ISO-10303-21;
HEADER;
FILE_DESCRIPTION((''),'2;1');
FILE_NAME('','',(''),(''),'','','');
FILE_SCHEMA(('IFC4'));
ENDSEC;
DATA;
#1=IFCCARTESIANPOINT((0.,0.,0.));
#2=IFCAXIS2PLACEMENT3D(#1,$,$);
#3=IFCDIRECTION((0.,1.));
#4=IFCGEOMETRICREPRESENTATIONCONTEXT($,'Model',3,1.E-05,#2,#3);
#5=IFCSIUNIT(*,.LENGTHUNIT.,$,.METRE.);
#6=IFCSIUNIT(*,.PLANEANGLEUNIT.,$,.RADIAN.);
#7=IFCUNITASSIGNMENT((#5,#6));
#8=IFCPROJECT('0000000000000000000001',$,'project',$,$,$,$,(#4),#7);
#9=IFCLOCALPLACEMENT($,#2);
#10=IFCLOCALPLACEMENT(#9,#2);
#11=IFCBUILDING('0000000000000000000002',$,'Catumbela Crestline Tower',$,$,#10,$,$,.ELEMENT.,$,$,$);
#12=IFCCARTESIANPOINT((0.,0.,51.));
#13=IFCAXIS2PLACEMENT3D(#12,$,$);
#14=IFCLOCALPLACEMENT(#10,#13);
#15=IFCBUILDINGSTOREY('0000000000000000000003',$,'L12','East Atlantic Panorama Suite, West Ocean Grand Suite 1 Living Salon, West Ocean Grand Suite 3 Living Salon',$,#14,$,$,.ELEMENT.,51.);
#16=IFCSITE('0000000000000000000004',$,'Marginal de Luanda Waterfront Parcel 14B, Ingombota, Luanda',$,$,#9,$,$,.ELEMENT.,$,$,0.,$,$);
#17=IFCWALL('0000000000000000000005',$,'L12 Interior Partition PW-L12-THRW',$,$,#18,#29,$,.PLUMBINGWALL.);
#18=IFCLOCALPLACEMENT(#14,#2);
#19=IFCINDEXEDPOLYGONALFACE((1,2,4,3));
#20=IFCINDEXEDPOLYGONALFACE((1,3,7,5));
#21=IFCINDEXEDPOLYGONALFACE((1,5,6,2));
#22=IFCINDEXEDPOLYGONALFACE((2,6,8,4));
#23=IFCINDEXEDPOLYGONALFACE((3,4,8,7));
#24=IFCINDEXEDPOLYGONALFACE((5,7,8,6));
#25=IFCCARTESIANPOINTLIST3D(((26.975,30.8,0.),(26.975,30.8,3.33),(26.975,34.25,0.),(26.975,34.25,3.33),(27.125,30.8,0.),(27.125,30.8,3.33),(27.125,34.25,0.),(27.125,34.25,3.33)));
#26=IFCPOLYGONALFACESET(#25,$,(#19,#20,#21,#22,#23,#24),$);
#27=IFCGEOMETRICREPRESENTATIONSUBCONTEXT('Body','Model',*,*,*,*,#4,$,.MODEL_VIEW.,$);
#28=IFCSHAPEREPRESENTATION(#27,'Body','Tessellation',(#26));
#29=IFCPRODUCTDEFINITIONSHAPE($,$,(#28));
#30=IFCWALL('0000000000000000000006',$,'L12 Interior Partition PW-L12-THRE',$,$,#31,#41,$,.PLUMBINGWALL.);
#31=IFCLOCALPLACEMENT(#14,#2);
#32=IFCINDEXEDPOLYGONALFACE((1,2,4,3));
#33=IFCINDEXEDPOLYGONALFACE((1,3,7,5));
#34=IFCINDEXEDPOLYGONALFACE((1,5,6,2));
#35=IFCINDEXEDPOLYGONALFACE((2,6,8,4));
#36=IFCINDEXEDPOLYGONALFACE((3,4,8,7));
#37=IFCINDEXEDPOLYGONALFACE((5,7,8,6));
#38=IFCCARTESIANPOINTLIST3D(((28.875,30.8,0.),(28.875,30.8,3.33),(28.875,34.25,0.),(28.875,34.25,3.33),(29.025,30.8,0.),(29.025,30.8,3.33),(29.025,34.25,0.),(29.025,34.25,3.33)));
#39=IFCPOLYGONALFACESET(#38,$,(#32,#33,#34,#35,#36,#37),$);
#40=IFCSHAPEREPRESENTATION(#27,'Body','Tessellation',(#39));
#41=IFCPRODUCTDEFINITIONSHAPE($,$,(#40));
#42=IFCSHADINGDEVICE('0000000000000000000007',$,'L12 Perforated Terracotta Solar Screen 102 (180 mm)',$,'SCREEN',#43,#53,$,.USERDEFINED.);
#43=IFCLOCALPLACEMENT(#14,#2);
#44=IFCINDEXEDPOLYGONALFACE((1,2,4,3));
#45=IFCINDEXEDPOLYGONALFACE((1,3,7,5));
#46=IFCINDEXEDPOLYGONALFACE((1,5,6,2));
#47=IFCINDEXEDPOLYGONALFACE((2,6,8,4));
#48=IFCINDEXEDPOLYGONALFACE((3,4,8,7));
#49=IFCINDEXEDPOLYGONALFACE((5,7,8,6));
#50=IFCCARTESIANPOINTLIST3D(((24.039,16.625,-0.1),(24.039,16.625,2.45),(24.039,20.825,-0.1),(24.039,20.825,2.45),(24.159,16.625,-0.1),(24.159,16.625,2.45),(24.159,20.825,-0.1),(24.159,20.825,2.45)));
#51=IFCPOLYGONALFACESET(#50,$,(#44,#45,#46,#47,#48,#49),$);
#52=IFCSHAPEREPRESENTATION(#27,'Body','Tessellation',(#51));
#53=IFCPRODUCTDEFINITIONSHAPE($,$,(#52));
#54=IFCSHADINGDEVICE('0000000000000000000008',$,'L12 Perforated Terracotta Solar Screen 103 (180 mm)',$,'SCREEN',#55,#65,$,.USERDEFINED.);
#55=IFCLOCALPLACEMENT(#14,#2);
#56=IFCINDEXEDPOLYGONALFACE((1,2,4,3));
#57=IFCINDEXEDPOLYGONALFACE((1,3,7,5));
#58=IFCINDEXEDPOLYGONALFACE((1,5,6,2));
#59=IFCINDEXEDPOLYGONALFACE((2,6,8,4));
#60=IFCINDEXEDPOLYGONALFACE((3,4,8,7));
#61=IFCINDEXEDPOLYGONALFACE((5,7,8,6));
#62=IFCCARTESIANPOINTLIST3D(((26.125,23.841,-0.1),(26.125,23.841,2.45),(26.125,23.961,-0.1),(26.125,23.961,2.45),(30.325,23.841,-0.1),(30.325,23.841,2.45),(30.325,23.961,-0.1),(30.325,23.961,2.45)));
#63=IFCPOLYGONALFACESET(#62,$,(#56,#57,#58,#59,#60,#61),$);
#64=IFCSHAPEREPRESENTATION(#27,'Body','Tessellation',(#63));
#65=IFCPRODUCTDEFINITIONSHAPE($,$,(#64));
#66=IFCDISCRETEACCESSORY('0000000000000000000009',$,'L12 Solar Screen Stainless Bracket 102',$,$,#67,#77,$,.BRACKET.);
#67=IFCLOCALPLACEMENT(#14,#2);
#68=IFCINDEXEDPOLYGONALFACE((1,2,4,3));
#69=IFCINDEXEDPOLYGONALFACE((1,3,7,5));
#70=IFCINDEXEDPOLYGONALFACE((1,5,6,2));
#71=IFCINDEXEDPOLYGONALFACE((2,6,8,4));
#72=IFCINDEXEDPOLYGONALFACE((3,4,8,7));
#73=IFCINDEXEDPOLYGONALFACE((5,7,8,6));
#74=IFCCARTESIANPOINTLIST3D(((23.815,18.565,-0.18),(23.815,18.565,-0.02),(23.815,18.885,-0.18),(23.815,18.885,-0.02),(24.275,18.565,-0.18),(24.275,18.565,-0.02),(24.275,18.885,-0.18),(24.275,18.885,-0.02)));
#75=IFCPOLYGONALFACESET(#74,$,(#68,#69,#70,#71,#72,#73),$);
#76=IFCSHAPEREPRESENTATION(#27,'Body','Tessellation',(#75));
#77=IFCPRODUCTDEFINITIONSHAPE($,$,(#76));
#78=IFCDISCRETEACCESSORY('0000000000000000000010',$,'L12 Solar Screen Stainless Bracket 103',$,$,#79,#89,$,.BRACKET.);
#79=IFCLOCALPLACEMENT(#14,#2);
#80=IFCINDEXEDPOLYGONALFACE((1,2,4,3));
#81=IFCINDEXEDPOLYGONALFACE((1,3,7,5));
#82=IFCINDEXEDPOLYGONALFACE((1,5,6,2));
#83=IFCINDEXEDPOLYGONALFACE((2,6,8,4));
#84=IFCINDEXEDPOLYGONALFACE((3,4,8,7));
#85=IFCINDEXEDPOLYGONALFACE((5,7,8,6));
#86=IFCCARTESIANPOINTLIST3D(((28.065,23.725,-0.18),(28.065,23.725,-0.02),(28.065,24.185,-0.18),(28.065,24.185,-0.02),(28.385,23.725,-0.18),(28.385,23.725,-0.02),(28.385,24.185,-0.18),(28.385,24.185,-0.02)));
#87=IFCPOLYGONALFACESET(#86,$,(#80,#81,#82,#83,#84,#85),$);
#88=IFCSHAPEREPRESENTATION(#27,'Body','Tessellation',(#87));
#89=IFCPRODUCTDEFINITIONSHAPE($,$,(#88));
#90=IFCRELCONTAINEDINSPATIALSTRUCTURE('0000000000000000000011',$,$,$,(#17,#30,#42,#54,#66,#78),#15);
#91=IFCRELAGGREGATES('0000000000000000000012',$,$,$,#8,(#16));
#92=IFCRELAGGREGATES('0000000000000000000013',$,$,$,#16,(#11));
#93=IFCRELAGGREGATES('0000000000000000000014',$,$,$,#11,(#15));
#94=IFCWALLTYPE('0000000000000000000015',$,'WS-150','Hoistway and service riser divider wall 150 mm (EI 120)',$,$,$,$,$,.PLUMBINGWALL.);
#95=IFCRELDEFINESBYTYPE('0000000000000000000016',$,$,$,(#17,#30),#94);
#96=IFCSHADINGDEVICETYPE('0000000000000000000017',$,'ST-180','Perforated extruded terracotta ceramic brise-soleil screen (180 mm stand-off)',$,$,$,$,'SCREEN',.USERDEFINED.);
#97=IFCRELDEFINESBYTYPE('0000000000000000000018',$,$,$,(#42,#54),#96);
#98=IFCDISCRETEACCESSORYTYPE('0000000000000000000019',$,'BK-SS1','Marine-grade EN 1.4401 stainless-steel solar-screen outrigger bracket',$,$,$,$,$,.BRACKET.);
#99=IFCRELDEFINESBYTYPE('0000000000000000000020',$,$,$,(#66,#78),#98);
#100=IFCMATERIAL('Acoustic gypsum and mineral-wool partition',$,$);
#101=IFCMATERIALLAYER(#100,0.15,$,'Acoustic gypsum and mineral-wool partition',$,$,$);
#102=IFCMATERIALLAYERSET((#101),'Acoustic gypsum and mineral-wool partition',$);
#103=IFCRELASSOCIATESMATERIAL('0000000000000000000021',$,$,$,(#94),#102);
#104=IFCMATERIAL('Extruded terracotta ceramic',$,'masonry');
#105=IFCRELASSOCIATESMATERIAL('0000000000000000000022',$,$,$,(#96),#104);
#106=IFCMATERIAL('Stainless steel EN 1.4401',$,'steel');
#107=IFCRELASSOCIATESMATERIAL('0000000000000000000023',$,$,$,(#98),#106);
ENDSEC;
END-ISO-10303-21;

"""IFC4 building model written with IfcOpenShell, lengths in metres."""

from ifc_helpers import new_model, si_unit, direction, frame, frame_2d, origin, origin_2d, place, context, subcontext, project, spatial, rectangle, extrude, material, layer, layer_set, type_object, element, save


model = new_model("IFC4")

# Units and contexts
model_context = context("Model", 3, precision=1e-05, world=origin(), true_north=direction((0.0, 1.0)))
body_context = subcontext(model_context, "Body", "Model", "MODEL_VIEW")
ifc_project = project(units=[si_unit("LENGTHUNIT", "METRE"), si_unit("PLANEANGLEUNIT", "RADIAN")], contexts=[model_context])

# Site, building, storey
site_placement = place(None, origin())
site = spatial("IfcSite", under=ifc_project, at=site_placement, Name="Marginal de Luanda Waterfront Parcel 14B, Ingombota, Luanda", CompositionType="ELEMENT", RefElevation=0.0)
building_placement = place(site_placement, origin())
building = spatial("IfcBuilding", under=site, at=building_placement, Name="Catumbela Crestline Tower", CompositionType="ELEMENT")
storey_placement = place(building_placement, frame((0.0, 0.0, 51.0)))
storey = spatial("IfcBuildingStorey", under=building, at=storey_placement, Name="L12", Description="East Atlantic Panorama Suite, West Ocean Grand Suite 1 Living Salon, West Ocean Grand Suite 3 Living Salon", CompositionType="ELEMENT", Elevation=51.0)

# Shared definitions
ifc_material_1 = material(Name="Stainless steel EN 1.4401", Category="steel")
ifc_material_2 = material(Name="Acoustic gypsum and mineral-wool partition")

# Walls
ifc_layer_1 = layer(ifc_material_2, 0.15, Name="Acoustic gypsum and mineral-wool partition")
ifc_layer_set_1 = layer_set([ifc_layer_1], Name="Acoustic gypsum and mineral-wool partition")
wall_type_1 = type_object("IfcWallType", Name="WS-150", Description="Hoistway and service riser divider wall 150 mm (EI 120)", PredefinedType="PLUMBINGWALL", material=ifc_layer_set_1)
for number, where, z_axis, x_axis, name in (
    (1, (27.05, 30.8, 0.0), (0.0, 0.0, 1.0), (0.0, 1.0, 0.0), "L12 Interior Partition PW-L12-THRW"),
    (2, (28.95, 30.8, 0.0), (0.0, 0.0, 1.0), (0.0, 1.0, 0.0), "L12 Interior Partition PW-L12-THRE"),
):
    element("IfcWall", number, at=place(storey_placement, frame(where, z_axis=z_axis, x_axis=x_axis)), inside=storey, type_object=wall_type_1, Name=name, PredefinedType="PLUMBINGWALL", context=body_context, shape_type="SweptSolid", body=[
        extrude(rectangle(XDim=3.45, YDim=0.15, at=frame_2d((1.725, 0.0))), origin(), (0.0, 0.0, 1.0), 3.33),
    ])

# Shading devices
ifc_material_3 = material(Name="Extruded terracotta ceramic", Category="masonry")
shading_device_type = type_object("IfcShadingDeviceType", Name="ST-180", Description="Perforated extruded terracotta ceramic brise-soleil screen (180 mm stand-off)", ElementType="SCREEN", PredefinedType="USERDEFINED", material=ifc_material_3)
for number, where, z_axis, x_axis, name in (
    (3, (24.099, 18.725, -0.1), (0.0, 0.0, 1.0), (0.0, 1.0, 0.0), "L12 Perforated Terracotta Solar Screen 102 (180 mm)"),
    (4, (28.225, 23.901, -0.1), (0.0, 0.0, 1.0), (1.0, 0.0, 0.0), "L12 Perforated Terracotta Solar Screen 103 (180 mm)"),
):
    element("IfcShadingDevice", number, at=place(storey_placement, frame(where, z_axis=z_axis, x_axis=x_axis)), inside=storey, type_object=shading_device_type, Name=name, ObjectType="SCREEN", PredefinedType="USERDEFINED", context=body_context, shape_type="SweptSolid", body=[
        extrude(rectangle(XDim=4.2, YDim=0.12, at=origin_2d()), origin(), (0.0, 0.0, 1.0), 2.55),
    ])

# Discrete accessories
discrete_accessory_type = type_object("IfcDiscreteAccessoryType", Name="BK-SS1", Description="Marine-grade EN 1.4401 stainless-steel solar-screen outrigger bracket", PredefinedType="BRACKET", material=ifc_material_1)
for number, where, z_axis, x_axis, name in (
    (5, (24.045, 18.725, -0.18), (0.0, 0.0, 1.0), (0.0, 1.0, 0.0), "L12 Solar Screen Stainless Bracket 102"),
    (6, (28.225, 23.955, -0.18), (0.0, 0.0, 1.0), (1.0, 0.0, 0.0), "L12 Solar Screen Stainless Bracket 103"),
):
    element("IfcDiscreteAccessory", number, at=place(storey_placement, frame(where, z_axis=z_axis, x_axis=x_axis)), inside=storey, type_object=discrete_accessory_type, Name=name, PredefinedType="BRACKET", context=body_context, shape_type="SweptSolid", body=[
        extrude(rectangle(XDim=0.32, YDim=0.46, at=origin_2d()), origin(), (0.0, 0.0, 1.0), 0.16),
    ])

save(model, "model.ifc")
